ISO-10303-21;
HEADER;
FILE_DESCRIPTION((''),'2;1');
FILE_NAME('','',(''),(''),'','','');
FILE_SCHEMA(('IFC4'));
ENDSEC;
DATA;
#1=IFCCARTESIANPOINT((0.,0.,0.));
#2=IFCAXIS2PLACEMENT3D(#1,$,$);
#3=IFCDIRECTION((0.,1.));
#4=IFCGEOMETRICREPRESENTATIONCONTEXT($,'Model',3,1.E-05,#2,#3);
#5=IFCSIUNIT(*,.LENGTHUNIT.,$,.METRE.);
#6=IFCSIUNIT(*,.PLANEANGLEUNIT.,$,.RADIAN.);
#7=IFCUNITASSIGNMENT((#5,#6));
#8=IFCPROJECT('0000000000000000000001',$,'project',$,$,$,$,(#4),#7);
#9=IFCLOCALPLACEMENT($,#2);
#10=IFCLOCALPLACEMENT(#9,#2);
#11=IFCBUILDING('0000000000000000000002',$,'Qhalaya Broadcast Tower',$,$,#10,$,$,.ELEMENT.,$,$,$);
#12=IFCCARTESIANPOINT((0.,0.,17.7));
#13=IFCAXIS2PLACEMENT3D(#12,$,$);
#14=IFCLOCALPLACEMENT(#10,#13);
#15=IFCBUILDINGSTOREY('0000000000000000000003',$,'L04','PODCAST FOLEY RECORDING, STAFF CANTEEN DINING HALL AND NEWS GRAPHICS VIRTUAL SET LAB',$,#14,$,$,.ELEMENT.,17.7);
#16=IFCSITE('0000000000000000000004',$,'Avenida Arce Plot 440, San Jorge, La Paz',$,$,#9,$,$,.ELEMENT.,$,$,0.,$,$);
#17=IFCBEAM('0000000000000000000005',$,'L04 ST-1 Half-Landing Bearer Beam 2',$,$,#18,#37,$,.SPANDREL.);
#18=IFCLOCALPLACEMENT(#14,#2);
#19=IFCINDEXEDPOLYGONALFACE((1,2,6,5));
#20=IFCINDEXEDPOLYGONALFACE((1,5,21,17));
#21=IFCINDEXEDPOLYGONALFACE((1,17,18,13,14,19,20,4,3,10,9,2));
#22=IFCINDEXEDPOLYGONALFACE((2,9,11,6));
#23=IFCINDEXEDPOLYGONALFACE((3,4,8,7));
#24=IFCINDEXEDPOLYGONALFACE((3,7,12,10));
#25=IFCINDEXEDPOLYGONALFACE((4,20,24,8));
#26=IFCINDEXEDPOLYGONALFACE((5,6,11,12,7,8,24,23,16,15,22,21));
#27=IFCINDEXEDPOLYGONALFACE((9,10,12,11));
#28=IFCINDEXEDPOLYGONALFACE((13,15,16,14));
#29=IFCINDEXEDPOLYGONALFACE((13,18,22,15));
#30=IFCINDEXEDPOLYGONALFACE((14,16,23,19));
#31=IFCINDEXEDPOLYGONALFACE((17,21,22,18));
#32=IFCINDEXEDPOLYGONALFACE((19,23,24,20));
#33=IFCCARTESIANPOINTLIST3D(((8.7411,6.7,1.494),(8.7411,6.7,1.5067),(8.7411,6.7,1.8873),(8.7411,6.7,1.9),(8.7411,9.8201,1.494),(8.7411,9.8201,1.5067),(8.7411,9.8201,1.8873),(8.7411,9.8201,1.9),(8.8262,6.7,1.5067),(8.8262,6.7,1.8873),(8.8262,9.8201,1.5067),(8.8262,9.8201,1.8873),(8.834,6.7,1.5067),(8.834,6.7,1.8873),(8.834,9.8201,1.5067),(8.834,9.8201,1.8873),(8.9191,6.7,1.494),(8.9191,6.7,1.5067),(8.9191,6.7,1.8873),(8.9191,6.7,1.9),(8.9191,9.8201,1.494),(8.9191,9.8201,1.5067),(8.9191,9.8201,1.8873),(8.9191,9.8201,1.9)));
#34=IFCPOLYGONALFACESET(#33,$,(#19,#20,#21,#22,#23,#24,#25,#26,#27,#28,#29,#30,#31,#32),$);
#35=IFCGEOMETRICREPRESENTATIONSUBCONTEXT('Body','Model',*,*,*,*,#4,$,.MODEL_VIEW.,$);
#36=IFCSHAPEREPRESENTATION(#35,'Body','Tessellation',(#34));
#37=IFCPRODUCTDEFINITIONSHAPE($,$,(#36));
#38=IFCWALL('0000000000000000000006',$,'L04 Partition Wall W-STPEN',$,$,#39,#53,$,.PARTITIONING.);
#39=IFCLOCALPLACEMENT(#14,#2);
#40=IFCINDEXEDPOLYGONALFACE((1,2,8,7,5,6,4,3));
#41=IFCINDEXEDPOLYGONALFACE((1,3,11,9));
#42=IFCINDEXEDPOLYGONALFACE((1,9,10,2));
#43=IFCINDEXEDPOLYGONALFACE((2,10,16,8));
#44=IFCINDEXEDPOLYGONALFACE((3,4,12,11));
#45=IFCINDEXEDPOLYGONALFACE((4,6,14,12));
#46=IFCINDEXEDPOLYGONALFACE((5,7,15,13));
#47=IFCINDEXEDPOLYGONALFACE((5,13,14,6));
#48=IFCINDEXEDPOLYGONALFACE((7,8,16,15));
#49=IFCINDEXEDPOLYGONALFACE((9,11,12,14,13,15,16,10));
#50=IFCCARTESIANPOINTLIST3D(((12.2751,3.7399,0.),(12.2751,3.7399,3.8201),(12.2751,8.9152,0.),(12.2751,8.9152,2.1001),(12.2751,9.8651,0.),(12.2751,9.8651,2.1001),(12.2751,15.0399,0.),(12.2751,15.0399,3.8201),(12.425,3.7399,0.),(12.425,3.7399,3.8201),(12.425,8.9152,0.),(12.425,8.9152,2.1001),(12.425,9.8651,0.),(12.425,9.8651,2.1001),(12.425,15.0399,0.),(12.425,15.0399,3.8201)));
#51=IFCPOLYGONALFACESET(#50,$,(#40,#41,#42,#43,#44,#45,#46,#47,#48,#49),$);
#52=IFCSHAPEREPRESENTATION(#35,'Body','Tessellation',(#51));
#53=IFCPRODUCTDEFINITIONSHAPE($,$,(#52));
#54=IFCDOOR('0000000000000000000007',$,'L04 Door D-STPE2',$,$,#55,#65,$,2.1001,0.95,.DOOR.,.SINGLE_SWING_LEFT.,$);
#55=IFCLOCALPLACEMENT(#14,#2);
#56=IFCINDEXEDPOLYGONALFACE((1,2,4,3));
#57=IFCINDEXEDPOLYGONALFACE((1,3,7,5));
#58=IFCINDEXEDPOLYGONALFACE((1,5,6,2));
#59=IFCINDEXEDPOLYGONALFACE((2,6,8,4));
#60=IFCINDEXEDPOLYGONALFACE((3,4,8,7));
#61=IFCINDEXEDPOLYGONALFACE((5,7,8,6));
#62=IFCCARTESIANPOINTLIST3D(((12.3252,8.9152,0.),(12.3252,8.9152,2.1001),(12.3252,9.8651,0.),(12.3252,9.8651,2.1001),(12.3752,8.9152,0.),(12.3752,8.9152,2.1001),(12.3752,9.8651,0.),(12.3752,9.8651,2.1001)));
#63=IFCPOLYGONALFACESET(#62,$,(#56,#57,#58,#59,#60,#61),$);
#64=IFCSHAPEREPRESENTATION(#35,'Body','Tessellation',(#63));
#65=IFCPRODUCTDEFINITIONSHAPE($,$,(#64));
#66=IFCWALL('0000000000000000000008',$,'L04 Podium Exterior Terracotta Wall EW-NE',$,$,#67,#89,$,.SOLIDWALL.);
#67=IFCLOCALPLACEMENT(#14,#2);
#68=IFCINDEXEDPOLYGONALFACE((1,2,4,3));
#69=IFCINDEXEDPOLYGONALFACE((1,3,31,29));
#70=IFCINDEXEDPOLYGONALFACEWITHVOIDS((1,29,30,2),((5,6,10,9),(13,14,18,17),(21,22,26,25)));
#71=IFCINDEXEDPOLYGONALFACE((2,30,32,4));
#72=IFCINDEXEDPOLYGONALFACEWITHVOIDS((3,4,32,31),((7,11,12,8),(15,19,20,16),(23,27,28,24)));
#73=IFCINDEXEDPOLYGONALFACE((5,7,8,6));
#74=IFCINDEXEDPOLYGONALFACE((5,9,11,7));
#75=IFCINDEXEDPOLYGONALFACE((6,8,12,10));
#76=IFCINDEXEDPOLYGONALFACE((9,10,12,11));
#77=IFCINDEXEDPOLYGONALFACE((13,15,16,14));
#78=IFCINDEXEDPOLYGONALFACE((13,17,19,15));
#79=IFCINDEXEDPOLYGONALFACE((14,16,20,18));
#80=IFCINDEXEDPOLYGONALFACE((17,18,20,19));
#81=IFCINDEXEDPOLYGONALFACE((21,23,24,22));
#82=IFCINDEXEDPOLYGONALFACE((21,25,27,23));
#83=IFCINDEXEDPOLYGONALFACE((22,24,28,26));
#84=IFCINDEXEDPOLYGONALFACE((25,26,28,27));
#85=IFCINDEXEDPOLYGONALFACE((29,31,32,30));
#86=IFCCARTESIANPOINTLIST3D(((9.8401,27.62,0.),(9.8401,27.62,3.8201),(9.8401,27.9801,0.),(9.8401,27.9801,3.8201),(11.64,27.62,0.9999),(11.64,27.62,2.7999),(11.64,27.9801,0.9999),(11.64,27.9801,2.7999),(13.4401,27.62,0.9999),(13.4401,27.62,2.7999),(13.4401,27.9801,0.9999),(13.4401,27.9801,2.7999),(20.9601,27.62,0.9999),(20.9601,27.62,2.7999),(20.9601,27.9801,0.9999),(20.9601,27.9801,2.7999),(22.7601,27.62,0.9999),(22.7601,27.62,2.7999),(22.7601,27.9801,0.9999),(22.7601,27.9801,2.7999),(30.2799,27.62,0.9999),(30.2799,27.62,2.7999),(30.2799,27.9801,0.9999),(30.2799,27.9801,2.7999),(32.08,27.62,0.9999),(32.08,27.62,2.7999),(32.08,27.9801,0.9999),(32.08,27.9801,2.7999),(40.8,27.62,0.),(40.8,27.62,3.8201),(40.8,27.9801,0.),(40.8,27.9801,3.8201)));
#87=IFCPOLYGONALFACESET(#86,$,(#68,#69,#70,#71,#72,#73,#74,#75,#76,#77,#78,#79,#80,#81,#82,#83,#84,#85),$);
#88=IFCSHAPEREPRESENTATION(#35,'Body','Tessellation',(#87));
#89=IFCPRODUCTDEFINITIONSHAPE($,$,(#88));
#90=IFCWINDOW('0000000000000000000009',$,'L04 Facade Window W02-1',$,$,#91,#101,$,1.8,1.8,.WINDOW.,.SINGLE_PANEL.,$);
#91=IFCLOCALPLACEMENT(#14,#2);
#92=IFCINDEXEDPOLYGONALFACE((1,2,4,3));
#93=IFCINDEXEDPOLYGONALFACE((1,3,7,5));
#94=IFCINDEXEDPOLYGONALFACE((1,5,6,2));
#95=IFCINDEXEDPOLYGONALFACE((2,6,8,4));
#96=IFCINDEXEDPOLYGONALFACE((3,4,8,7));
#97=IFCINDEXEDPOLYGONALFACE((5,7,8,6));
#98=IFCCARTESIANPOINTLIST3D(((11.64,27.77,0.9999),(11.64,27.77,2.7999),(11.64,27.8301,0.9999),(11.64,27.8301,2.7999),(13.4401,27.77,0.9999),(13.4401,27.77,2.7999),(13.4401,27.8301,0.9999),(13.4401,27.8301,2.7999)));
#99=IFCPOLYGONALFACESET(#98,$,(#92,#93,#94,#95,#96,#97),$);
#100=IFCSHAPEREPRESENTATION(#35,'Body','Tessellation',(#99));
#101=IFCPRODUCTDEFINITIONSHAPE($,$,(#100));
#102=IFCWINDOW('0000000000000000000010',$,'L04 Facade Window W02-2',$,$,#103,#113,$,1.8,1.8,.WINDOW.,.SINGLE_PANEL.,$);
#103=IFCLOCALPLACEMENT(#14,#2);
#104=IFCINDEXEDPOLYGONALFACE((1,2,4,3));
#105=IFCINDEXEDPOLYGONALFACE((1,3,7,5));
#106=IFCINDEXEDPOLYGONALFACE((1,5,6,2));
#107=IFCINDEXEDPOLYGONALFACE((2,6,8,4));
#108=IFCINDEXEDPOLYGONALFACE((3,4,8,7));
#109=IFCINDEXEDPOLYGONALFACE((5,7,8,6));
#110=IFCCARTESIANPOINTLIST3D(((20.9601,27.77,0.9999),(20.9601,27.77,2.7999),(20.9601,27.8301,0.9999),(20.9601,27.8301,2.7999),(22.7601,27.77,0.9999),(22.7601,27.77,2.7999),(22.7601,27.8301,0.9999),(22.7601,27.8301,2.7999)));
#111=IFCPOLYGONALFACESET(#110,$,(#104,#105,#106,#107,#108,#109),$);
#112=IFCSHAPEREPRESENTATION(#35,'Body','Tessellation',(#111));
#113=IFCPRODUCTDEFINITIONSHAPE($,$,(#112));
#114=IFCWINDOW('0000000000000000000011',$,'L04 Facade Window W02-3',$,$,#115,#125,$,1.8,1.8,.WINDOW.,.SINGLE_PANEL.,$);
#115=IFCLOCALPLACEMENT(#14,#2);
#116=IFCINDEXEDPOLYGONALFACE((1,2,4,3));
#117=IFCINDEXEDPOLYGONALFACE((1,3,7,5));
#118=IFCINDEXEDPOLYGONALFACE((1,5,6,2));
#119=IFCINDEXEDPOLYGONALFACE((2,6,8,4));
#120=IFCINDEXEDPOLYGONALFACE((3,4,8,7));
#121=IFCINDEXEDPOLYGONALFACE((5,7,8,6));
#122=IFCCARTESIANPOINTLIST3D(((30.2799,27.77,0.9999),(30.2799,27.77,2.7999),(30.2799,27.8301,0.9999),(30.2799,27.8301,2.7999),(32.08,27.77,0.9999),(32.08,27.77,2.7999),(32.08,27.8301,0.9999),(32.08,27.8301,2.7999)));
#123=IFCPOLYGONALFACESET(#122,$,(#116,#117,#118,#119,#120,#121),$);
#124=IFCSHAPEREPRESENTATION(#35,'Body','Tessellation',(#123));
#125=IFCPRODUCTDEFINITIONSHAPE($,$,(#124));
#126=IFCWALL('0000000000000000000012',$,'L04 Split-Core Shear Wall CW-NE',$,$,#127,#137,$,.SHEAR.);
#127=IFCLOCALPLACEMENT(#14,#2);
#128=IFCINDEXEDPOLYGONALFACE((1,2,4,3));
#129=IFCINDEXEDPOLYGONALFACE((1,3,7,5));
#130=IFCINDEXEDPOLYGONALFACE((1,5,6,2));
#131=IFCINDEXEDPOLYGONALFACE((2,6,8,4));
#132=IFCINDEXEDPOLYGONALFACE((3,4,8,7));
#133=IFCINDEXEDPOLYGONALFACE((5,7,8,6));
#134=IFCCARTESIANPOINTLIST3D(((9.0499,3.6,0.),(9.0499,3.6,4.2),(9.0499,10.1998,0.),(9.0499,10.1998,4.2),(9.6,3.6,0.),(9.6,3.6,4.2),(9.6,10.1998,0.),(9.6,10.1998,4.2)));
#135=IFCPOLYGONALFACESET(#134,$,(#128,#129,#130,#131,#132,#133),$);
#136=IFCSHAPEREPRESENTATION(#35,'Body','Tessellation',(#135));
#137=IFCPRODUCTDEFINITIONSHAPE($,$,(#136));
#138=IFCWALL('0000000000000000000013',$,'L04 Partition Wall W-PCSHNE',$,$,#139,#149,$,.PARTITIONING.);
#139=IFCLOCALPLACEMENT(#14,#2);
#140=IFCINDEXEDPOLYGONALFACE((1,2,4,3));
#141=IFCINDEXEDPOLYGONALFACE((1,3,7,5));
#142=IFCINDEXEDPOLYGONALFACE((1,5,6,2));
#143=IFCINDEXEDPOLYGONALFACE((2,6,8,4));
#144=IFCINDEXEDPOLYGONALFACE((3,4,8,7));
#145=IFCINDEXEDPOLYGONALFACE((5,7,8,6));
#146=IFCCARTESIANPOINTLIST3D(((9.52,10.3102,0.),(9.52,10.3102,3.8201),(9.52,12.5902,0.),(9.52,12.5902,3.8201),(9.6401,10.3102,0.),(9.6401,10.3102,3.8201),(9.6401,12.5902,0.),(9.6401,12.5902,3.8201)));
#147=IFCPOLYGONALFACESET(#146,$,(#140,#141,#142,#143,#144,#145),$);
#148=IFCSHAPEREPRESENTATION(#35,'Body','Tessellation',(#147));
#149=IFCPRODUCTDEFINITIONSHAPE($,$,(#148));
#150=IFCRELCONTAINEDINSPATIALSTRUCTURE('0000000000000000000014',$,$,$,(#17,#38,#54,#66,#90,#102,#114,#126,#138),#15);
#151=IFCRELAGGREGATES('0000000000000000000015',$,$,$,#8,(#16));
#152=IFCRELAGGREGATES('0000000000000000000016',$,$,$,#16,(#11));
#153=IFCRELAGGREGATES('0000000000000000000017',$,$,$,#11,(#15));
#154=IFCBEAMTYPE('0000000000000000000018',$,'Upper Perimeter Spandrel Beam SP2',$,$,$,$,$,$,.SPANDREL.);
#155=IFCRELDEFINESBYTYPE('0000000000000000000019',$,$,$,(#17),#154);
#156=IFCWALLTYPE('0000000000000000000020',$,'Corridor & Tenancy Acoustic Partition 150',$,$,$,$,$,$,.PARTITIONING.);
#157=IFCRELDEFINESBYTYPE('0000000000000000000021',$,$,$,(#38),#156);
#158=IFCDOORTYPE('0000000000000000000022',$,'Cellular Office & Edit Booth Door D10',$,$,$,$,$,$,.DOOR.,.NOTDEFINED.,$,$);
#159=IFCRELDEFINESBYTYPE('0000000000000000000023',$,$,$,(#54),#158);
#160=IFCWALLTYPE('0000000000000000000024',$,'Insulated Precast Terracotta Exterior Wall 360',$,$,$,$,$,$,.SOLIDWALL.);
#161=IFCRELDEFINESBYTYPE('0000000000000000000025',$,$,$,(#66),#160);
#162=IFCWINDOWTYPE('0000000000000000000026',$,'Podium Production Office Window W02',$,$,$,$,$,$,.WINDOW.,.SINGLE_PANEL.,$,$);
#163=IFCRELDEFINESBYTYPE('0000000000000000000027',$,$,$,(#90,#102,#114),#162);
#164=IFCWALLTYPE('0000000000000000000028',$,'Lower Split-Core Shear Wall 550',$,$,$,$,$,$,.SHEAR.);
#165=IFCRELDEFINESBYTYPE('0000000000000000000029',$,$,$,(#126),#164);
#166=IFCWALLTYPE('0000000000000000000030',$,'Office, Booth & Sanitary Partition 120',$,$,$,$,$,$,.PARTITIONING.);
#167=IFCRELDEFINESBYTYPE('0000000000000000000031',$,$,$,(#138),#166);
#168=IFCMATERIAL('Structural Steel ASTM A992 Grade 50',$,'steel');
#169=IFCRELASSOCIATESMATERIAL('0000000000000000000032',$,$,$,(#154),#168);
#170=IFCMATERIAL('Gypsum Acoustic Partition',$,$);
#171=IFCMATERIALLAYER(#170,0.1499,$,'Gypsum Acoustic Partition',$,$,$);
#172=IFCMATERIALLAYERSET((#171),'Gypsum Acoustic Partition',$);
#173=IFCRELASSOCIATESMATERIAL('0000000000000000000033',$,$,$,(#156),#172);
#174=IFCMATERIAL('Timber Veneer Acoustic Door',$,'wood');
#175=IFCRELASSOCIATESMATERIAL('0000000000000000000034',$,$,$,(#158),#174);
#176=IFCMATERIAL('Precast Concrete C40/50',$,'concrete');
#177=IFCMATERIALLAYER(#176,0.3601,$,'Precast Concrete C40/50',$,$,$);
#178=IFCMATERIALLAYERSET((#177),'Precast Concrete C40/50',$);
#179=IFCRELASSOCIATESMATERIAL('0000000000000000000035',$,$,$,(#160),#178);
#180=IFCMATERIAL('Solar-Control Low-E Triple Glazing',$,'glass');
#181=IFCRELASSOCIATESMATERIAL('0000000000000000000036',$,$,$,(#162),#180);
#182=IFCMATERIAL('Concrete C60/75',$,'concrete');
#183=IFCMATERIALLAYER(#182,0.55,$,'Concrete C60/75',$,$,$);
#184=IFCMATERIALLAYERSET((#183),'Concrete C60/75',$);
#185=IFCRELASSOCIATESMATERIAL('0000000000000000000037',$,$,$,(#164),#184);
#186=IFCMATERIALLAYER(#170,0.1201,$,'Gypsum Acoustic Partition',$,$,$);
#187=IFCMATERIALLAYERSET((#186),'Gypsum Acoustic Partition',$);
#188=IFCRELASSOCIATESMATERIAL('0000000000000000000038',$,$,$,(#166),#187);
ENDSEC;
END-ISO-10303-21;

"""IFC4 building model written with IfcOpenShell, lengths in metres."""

from ifc_helpers import new_model, si_unit, direction, frame, frame_2d, origin, origin_2d, place, context, subcontext, project, spatial, rectangle, i_section, extrude, material, layer, layer_set, material_profile, profile_set, type_object, element, fill, save


model = new_model("IFC4")

# Units and contexts
model_context = context("Model", 3, precision=1e-05, world=origin(), true_north=direction((0.0, 1.0)))
body_context = subcontext(model_context, "Body", "Model", "MODEL_VIEW")
ifc_project = project(units=[si_unit("LENGTHUNIT", "METRE"), si_unit("PLANEANGLEUNIT", "RADIAN")], contexts=[model_context])

# Site, building, storey
site_placement = place(None, origin())
site = spatial("IfcSite", under=ifc_project, at=site_placement, Name="Avenida Arce Plot 440, San Jorge, La Paz", CompositionType="ELEMENT", RefElevation=0.0)
building_placement = place(site_placement, origin())
building = spatial("IfcBuilding", under=site, at=building_placement, Name="Qhalaya Broadcast Tower", CompositionType="ELEMENT")
storey_placement = place(building_placement, frame((0.0, 0.0, 17.7)))
storey = spatial("IfcBuildingStorey", under=building, at=storey_placement, Name="L04", Description="PODCAST FOLEY RECORDING, STAFF CANTEEN DINING HALL AND NEWS GRAPHICS VIRTUAL SET LAB", CompositionType="ELEMENT", Elevation=17.7)

# Shared definitions
ifc_material_1 = material(Name="Concrete C60/75", Category="concrete")

# Shared definitions
ifc_material_2 = material(Name="Structural Steel ASTM A992 Grade 50", Category="steel")

# Shared definitions
ifc_material_3 = material(Name="Solar-Control Low-E Triple Glazing", Category="glass")

# Beam
ifc_material_profile_1 = material_profile(ifc_material_2, i_section(OverallWidth=0.178, OverallDepth=0.406, WebThickness=0.0078, FlangeThickness=0.0127, at=origin_2d()), Name="W16X40")
ifc_profile_set_1 = profile_set([ifc_material_profile_1], Name="Structural Steel ASTM A992 Grade 50")
beam_type_1 = type_object("IfcBeamType", Name="Upper Perimeter Spandrel Beam SP2", PredefinedType="SPANDREL", material=ifc_profile_set_1)
for number, where, z_axis, x_axis, name in (
    (1, (8.8301, 6.7, 1.697), (0.0, 1.0, 0.0), (-1.0, 0.0, 0.0), "L04 ST-1 Half-Landing Bearer Beam 2"),
):
    element("IfcBeam", number, at=place(storey_placement, frame(where, z_axis=z_axis, x_axis=x_axis)), inside=storey, type_object=beam_type_1, Name=name, PredefinedType="SPANDREL", context=body_context, shape_type="SweptSolid", body=[
        extrude(i_section(OverallWidth=0.178, OverallDepth=0.406, WebThickness=0.0078, FlangeThickness=0.0127, at=origin_2d()), origin(), (0.0, 0.0, 1.0), 3.1201),
    ])

# Wall, opening, door
ifc_material_4 = material(Name="Gypsum Acoustic Partition")
ifc_layer_1 = layer(ifc_material_4, 0.1499, Name="Gypsum Acoustic Partition")
ifc_layer_set_1 = layer_set([ifc_layer_1], Name="Gypsum Acoustic Partition")
wall_type_1 = type_object("IfcWallType", Name="Corridor & Tenancy Acoustic Partition 150", PredefinedType="PARTITIONING", material=ifc_layer_set_1)
wall_1_placement = place(storey_placement, frame((12.3501, 3.74, 0.0), z_axis=(0.0, 0.0, 1.0), x_axis=(0.0, 1.0, 0.0)))
wall_1 = element("IfcWall", 2, at=wall_1_placement, inside=storey, type_object=wall_type_1, Name="L04 Partition Wall W-STPEN", PredefinedType="PARTITIONING", context=body_context, shape_type="SweptSolid", body=[
    extrude(rectangle(XDim=11.3, YDim=0.1499, at=frame_2d((5.6499, 0.0))), origin(), (0.0, 0.0, 1.0), 3.8201),
])
opening_1_placement = place(wall_1_placement, frame((5.175, 0.0, 0.0)))
opening_1 = element("IfcOpeningElement", 3, at=opening_1_placement, cuts=wall_1, PredefinedType="OPENING", context=body_context, shape_type="SweptSolid", body=[
    extrude(rectangle(XDim=0.95, YDim=2.1001, at=frame_2d((0.4751, 1.05))), frame((0.0, 0.0869, 0.0), z_axis=(0.0, -1.0, 0.0), x_axis=(1.0, 0.0, 0.0)), (0.0, 0.0, 1.0), 0.1738),
])
ifc_material_5 = material(Name="Timber Veneer Acoustic Door", Category="wood")
door_type = type_object("IfcDoorType", Name="Cellular Office & Edit Booth Door D10", OperationType="NOTDEFINED", PredefinedType="DOOR", material=ifc_material_5)
door_placement = place(opening_1_placement, origin())
door = element("IfcDoor", 4, at=door_placement, inside=storey, type_object=door_type, Name="L04 Door D-STPE2", OperationType="SINGLE_SWING_LEFT", OverallHeight=2.1001, OverallWidth=0.95, PredefinedType="DOOR", context=body_context, shape_type="SweptSolid", body=[
    extrude(rectangle(XDim=0.95, YDim=2.1001, at=frame_2d((0.4751, 1.05))), frame((0.0, 0.0249, 0.0), z_axis=(0.0, -1.0, 0.0), x_axis=(1.0, 0.0, 0.0)), (0.0, 0.0, 1.0), 0.05),
])
fill(opening_1, door)

# Wall, openings, windows
ifc_material_6 = material(Name="Precast Concrete C40/50", Category="concrete")
ifc_layer_2 = layer(ifc_material_6, 0.3601, Name="Precast Concrete C40/50")
ifc_layer_set_2 = layer_set([ifc_layer_2], Name="Precast Concrete C40/50")
wall_type_2 = type_object("IfcWallType", Name="Insulated Precast Terracotta Exterior Wall 360", PredefinedType="SOLIDWALL", material=ifc_layer_set_2)
wall_2_placement = place(storey_placement, frame((9.8401, 27.8, 0.0), z_axis=(0.0, 0.0, 1.0), x_axis=(1.0, 0.0, 0.0)))
wall_2 = element("IfcWall", 5, at=wall_2_placement, inside=storey, type_object=wall_type_2, Name="L04 Podium Exterior Terracotta Wall EW-NE", PredefinedType="SOLIDWALL", context=body_context, shape_type="SweptSolid", body=[
    extrude(rectangle(XDim=30.96, YDim=0.3601, at=frame_2d((15.48, 0.0))), origin(), (0.0, 0.0, 1.0), 3.8201),
])
opening_2_placement = place(wall_2_placement, frame((1.8, 0.0, 1.0)))
opening_2 = element("IfcOpeningElement", 6, at=opening_2_placement, cuts=wall_2, PredefinedType="OPENING", context=body_context, shape_type="SweptSolid", body=[
    extrude(rectangle(XDim=1.8, YDim=1.8, at=frame_2d((0.8999, 0.8999))), frame((0.0, 0.1921, 0.0), z_axis=(0.0, -1.0, 0.0), x_axis=(1.0, 0.0, 0.0)), (0.0, 0.0, 1.0), 0.384),
])
opening_3_placement = place(wall_2_placement, frame((11.1201, 0.0, 1.0)))
opening_3 = element("IfcOpeningElement", 7, at=opening_3_placement, cuts=wall_2, PredefinedType="OPENING", context=body_context, shape_type="SweptSolid", body=[
    extrude(rectangle(XDim=1.8, YDim=1.8, at=frame_2d((0.8999, 0.8999))), frame((0.0, 0.1921, 0.0), z_axis=(0.0, -1.0, 0.0), x_axis=(1.0, 0.0, 0.0)), (0.0, 0.0, 1.0), 0.384),
])
opening_4_placement = place(wall_2_placement, frame((20.4399, 0.0, 1.0)))
opening_4 = element("IfcOpeningElement", 8, at=opening_4_placement, cuts=wall_2, PredefinedType="OPENING", context=body_context, shape_type="SweptSolid", body=[
    extrude(rectangle(XDim=1.8, YDim=1.8, at=frame_2d((0.8999, 0.8999))), frame((0.0, 0.1921, 0.0), z_axis=(0.0, -1.0, 0.0), x_axis=(1.0, 0.0, 0.0)), (0.0, 0.0, 1.0), 0.384),
])
window_type = type_object("IfcWindowType", Name="Podium Production Office Window W02", PartitioningType="SINGLE_PANEL", PredefinedType="WINDOW", material=ifc_material_3)
window_1_placement = place(opening_2_placement, origin())
window_1 = element("IfcWindow", 9, at=window_1_placement, inside=storey, type_object=window_type, Name="L04 Facade Window W02-1", OverallHeight=1.8, OverallWidth=1.8, PartitioningType="SINGLE_PANEL", PredefinedType="WINDOW", context=body_context, shape_type="SweptSolid", body=[
    extrude(rectangle(XDim=1.8, YDim=1.8, at=frame_2d((0.8999, 0.8999))), frame((0.0, 0.03, 0.0), z_axis=(0.0, -1.0, 0.0), x_axis=(1.0, 0.0, 0.0)), (0.0, 0.0, 1.0), 0.0601),
])
fill(opening_2, window_1)
window_2_placement = place(opening_3_placement, origin())
window_2 = element("IfcWindow", 10, at=window_2_placement, inside=storey, type_object=window_type, Name="L04 Facade Window W02-2", OverallHeight=1.8, OverallWidth=1.8, PartitioningType="SINGLE_PANEL", PredefinedType="WINDOW", context=body_context, shape_type="SweptSolid", body=[
    extrude(rectangle(XDim=1.8, YDim=1.8, at=frame_2d((0.8999, 0.8999))), frame((0.0, 0.03, 0.0), z_axis=(0.0, -1.0, 0.0), x_axis=(1.0, 0.0, 0.0)), (0.0, 0.0, 1.0), 0.0601),
])
fill(opening_3, window_2)
window_3_placement = place(opening_4_placement, origin())
window_3 = element("IfcWindow", 11, at=window_3_placement, inside=storey, type_object=window_type, Name="L04 Facade Window W02-3", OverallHeight=1.8, OverallWidth=1.8, PartitioningType="SINGLE_PANEL", PredefinedType="WINDOW", context=body_context, shape_type="SweptSolid", body=[
    extrude(rectangle(XDim=1.8, YDim=1.8, at=frame_2d((0.8999, 0.8999))), frame((0.0, 0.03, 0.0), z_axis=(0.0, -1.0, 0.0), x_axis=(1.0, 0.0, 0.0)), (0.0, 0.0, 1.0), 0.0601),
])
fill(opening_4, window_3)

# Walls
ifc_layer_3 = layer(ifc_material_1, 0.55, Name="Concrete C60/75")
ifc_layer_set_3 = layer_set([ifc_layer_3], Name="Concrete C60/75")
wall_type_3 = type_object("IfcWallType", Name="Lower Split-Core Shear Wall 550", PredefinedType="SHEAR", material=ifc_layer_set_3)
wall_3_placement = place(storey_placement, frame((9.325, 3.6001, 0.0), z_axis=(0.0, 0.0, 1.0), x_axis=(0.0, 1.0, 0.0)))
element("IfcWall", 12, at=wall_3_placement, inside=storey, type_object=wall_type_3, Name="L04 Split-Core Shear Wall CW-NE", PredefinedType="SHEAR", context=body_context, shape_type="SweptSolid", body=[
    extrude(rectangle(XDim=6.5999, YDim=0.55, at=frame_2d((3.2998, 0.0))), origin(), (0.0, 0.0, 1.0), 4.2),
])
ifc_layer_4 = layer(ifc_material_4, 0.1201, Name="Gypsum Acoustic Partition")
ifc_layer_set_4 = layer_set([ifc_layer_4], Name="Gypsum Acoustic Partition")
wall_type_4 = type_object("IfcWallType", Name="Office, Booth & Sanitary Partition 120", PredefinedType="PARTITIONING", material=ifc_layer_set_4)
wall_4_placement = place(storey_placement, frame((9.5801, 10.3101, 0.0), z_axis=(0.0, 0.0, 1.0), x_axis=(0.0, 1.0, 0.0)))
element("IfcWall", 13, at=wall_4_placement, inside=storey, type_object=wall_type_4, Name="L04 Partition Wall W-PCSHNE", PredefinedType="PARTITIONING", context=body_context, shape_type="SweptSolid", body=[
    extrude(rectangle(XDim=2.28, YDim=0.1201, at=frame_2d((1.1401, 0.0))), origin(), (0.0, 0.0, 1.0), 3.8201),
])

save(model, "model.ifc")
